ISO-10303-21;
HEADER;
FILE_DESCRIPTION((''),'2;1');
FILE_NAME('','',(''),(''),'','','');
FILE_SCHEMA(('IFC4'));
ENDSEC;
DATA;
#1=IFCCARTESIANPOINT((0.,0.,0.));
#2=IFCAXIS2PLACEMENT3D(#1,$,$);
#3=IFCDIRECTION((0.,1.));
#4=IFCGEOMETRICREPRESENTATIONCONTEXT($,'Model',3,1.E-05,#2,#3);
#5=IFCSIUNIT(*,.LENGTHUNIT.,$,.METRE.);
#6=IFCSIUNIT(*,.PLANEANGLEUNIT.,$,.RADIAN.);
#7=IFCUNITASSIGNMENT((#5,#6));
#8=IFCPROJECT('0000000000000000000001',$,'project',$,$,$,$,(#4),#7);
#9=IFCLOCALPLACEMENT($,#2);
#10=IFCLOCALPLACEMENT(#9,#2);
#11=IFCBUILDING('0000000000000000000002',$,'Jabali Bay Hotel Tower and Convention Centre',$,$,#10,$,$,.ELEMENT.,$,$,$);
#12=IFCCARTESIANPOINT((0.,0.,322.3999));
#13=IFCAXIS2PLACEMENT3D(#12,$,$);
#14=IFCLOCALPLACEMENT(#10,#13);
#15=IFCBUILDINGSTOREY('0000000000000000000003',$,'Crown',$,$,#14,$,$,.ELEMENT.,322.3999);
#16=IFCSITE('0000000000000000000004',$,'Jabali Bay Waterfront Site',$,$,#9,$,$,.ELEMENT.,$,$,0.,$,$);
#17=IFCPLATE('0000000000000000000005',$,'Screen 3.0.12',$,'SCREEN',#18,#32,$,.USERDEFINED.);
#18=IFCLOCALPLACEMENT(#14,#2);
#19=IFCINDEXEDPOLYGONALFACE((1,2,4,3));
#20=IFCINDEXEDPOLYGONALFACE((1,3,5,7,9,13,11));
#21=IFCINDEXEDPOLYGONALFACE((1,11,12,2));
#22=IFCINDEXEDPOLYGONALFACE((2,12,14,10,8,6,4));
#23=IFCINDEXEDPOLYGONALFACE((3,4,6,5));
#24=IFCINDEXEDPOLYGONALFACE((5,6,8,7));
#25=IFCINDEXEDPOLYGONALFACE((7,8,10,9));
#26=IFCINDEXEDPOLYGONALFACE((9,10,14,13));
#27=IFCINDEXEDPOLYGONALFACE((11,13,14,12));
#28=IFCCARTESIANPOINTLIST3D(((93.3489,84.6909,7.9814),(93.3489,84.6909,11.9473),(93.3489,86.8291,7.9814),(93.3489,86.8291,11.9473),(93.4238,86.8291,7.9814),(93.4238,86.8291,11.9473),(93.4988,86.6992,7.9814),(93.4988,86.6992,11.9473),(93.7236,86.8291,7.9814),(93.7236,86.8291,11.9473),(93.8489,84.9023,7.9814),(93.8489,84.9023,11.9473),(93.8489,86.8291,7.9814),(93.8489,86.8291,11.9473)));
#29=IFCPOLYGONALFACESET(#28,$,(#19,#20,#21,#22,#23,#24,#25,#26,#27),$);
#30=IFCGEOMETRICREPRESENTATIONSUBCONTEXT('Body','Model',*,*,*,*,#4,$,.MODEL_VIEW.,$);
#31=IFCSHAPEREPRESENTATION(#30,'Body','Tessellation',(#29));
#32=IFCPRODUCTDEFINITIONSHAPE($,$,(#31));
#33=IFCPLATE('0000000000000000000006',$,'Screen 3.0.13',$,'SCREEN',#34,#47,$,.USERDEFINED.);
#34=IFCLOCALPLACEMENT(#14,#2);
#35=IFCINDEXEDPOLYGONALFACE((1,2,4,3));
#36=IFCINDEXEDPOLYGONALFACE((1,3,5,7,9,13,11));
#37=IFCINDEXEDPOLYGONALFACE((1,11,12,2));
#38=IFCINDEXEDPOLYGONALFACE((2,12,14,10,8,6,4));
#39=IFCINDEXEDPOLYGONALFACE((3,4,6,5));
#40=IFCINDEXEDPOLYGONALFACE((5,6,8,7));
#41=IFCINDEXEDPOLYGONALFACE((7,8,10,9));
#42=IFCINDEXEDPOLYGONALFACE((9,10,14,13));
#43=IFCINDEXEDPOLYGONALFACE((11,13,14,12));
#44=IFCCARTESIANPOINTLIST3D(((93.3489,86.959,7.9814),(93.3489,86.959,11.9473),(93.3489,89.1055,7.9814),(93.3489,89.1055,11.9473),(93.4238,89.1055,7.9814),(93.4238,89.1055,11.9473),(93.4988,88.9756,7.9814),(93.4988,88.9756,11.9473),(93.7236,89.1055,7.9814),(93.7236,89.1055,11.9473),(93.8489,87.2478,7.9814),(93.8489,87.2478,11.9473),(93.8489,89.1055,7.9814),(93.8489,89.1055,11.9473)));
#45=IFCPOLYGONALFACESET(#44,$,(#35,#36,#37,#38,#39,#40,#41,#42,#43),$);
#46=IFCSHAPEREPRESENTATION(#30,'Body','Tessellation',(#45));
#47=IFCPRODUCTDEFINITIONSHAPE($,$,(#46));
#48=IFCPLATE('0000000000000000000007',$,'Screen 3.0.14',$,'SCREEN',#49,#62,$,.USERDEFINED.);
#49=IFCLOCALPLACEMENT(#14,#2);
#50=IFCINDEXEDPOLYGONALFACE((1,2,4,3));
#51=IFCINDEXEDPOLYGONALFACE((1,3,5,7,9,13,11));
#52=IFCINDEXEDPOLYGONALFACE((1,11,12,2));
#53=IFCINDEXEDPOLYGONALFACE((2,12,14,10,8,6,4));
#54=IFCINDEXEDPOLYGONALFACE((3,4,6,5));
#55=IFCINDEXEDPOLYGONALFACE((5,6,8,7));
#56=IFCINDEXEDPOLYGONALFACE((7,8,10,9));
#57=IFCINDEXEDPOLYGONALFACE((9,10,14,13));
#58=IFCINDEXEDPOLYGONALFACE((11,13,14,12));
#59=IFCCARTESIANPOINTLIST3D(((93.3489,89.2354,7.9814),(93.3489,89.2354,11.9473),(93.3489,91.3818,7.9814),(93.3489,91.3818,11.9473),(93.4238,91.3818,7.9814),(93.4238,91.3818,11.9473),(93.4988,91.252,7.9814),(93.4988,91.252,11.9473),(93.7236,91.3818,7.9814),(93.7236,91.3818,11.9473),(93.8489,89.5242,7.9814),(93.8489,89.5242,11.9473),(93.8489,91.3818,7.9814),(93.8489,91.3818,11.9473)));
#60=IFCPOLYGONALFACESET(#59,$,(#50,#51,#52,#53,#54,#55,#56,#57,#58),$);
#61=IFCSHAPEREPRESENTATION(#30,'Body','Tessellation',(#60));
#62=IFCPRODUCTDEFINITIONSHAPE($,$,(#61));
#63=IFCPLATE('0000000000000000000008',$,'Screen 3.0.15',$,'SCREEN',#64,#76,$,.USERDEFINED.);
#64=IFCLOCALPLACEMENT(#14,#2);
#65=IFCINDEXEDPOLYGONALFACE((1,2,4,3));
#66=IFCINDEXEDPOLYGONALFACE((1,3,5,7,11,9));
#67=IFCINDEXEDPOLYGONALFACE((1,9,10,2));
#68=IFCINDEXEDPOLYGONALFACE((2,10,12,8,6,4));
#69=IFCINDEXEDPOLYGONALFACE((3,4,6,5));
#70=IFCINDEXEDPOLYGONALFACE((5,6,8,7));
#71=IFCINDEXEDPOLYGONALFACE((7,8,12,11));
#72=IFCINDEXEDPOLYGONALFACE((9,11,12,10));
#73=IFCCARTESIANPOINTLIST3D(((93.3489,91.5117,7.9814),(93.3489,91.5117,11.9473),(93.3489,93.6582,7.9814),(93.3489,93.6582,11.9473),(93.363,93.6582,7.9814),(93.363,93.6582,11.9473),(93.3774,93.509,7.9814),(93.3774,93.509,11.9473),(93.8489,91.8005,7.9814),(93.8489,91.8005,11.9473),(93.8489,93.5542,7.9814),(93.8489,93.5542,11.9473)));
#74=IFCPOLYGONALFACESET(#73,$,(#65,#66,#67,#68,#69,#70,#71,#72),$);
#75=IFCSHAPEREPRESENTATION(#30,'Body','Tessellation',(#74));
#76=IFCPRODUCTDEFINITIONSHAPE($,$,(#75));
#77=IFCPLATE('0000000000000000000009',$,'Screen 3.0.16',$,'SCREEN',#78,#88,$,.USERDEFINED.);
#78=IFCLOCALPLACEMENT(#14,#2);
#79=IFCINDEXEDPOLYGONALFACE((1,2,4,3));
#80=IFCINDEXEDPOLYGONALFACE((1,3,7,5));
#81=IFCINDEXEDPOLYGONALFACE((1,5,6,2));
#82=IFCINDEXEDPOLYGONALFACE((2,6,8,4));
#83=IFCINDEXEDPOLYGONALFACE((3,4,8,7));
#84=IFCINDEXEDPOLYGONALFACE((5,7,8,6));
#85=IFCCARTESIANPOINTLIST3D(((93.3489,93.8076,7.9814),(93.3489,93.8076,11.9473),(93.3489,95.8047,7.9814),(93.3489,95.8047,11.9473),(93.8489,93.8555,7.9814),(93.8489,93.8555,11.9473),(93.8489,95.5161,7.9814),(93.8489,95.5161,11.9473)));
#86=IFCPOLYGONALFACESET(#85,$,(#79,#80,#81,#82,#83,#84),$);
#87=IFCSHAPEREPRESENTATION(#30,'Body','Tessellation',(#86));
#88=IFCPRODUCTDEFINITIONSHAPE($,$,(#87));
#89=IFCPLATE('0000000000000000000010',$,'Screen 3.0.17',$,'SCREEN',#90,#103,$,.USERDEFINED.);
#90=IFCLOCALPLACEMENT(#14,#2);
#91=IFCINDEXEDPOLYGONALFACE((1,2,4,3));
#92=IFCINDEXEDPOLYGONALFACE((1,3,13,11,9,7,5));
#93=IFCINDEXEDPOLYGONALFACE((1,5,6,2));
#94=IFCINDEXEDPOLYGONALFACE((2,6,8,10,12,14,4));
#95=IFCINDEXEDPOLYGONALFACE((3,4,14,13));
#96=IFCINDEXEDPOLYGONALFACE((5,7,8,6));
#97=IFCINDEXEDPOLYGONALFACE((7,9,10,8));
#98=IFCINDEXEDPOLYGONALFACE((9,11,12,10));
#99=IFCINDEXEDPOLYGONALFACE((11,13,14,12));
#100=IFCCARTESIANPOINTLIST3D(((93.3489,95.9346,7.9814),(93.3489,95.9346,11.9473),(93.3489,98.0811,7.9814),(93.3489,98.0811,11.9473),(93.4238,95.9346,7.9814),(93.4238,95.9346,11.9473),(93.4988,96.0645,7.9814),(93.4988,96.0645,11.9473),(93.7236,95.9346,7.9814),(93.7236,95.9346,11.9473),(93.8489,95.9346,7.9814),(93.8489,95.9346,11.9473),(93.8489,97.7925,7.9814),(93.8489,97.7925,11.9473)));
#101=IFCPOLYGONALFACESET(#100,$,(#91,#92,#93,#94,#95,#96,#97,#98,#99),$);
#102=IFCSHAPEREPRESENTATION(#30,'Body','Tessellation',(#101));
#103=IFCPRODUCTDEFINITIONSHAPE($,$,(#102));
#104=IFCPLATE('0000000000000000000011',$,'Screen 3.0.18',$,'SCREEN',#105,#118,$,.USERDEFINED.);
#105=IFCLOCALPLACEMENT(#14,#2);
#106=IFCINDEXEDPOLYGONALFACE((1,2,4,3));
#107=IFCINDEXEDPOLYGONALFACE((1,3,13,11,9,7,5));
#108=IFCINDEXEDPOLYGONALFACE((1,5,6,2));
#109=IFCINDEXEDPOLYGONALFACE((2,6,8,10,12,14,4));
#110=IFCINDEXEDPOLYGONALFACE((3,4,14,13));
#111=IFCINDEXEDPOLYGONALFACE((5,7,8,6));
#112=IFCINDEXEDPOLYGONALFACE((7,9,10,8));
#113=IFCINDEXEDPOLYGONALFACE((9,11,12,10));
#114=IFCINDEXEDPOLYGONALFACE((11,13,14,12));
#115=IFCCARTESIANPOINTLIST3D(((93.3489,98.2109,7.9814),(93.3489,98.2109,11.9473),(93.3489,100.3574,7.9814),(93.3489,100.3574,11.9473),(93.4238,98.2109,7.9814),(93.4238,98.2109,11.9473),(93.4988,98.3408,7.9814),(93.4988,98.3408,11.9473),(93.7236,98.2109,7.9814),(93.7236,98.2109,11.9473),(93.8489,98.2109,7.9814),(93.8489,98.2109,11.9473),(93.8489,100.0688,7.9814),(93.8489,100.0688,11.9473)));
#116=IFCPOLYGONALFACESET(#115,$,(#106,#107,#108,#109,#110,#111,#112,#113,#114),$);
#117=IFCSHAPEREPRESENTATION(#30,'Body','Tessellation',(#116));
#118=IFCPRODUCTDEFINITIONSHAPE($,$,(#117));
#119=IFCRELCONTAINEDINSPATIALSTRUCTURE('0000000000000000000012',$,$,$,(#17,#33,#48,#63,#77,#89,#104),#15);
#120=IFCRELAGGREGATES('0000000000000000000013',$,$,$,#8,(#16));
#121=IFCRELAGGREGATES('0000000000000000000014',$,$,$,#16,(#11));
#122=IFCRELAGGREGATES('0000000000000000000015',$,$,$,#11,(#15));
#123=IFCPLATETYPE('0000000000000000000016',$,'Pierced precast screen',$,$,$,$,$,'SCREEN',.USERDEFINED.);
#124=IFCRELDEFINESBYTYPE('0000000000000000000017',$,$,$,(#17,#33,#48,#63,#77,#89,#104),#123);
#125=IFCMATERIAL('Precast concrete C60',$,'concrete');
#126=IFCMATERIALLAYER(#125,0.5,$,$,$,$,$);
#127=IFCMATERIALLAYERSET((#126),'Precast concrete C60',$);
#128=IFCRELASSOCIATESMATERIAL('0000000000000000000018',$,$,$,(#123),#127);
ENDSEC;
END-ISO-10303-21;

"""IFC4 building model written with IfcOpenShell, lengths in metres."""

from ifc_helpers import new_model, si_unit, direction, frame, origin, place, context, subcontext, project, spatial, polyline, outline, extrude, material, layer, layer_set, type_object, element, save


model = new_model("IFC4")

# Units and contexts
model_context = context("Model", 3, precision=1e-05, world=origin(), true_north=direction((0.0, 1.0)))
body_context = subcontext(model_context, "Body", "Model", "MODEL_VIEW")
ifc_project = project(units=[si_unit("LENGTHUNIT", "METRE"), si_unit("PLANEANGLEUNIT", "RADIAN")], contexts=[model_context])

# Site, building, storey
site_placement = place(None, origin())
site = spatial("IfcSite", under=ifc_project, at=site_placement, Name="Jabali Bay Waterfront Site", CompositionType="ELEMENT", RefElevation=0.0)
building_placement = place(site_placement, origin())
building = spatial("IfcBuilding", under=site, at=building_placement, Name="Jabali Bay Hotel Tower and Convention Centre", CompositionType="ELEMENT")
storey_placement = place(building_placement, frame((0.0, 0.0, 322.3999)))
storey = spatial("IfcBuildingStorey", under=building, at=storey_placement, Name="Crown", CompositionType="ELEMENT", Elevation=322.3999)

# Plates
ifc_material = material(Name="Precast concrete C60", Category="concrete")
ifc_layer = layer(ifc_material, 0.5)
ifc_layer_set = layer_set([ifc_layer], Name="Precast concrete C60")
plate_type = type_object("IfcPlateType", Name="Pierced precast screen", ElementType="SCREEN", PredefinedType="USERDEFINED", material=ifc_layer_set)
plate_1_placement = place(storey_placement, frame((0.0, 0.0, 7.9814)))
element("IfcPlate", 1, at=plate_1_placement, inside=storey, type_object=plate_type, Name="Screen 3.0.12", ObjectType="SCREEN", PredefinedType="USERDEFINED", context=body_context, shape_type="SweptSolid", body=[
    extrude(outline(polyline([(93.3489, 86.8291), (93.3489, 84.6909), (93.8489, 84.9023), (93.8489, 86.8291), (93.7236, 86.8291), (93.4988, 86.6992), (93.4238, 86.8291), (93.3489, 86.8291)])), origin(), (0.0, 0.0, 1.0), 3.9658),
])
plate_2_placement = place(storey_placement, frame((0.0, 0.0, 7.9814)))
element("IfcPlate", 2, at=plate_2_placement, inside=storey, type_object=plate_type, Name="Screen 3.0.13", ObjectType="SCREEN", PredefinedType="USERDEFINED", context=body_context, shape_type="SweptSolid", body=[
    extrude(outline(polyline([(93.3489, 89.1055), (93.3489, 86.959), (93.8489, 87.2478), (93.8489, 89.1055), (93.7236, 89.1055), (93.4988, 88.9756), (93.4238, 89.1055), (93.3489, 89.1055)])), origin(), (0.0, 0.0, 1.0), 3.9658),
])
plate_3_placement = place(storey_placement, frame((0.0, 0.0, 7.9814)))
element("IfcPlate", 3, at=plate_3_placement, inside=storey, type_object=plate_type, Name="Screen 3.0.14", ObjectType="SCREEN", PredefinedType="USERDEFINED", context=body_context, shape_type="SweptSolid", body=[
    extrude(outline(polyline([(93.3489, 91.3818), (93.3489, 89.2354), (93.8489, 89.5242), (93.8489, 91.3818), (93.7236, 91.3818), (93.4988, 91.252), (93.4238, 91.3818), (93.3489, 91.3818)])), origin(), (0.0, 0.0, 1.0), 3.9658),
])
plate_4_placement = place(storey_placement, frame((0.0, 0.0, 7.9814)))
element("IfcPlate", 4, at=plate_4_placement, inside=storey, type_object=plate_type, Name="Screen 3.0.15", ObjectType="SCREEN", PredefinedType="USERDEFINED", context=body_context, shape_type="SweptSolid", body=[
    extrude(outline(polyline([(93.3489, 93.6582), (93.3489, 91.5117), (93.8489, 91.8005), (93.8489, 93.5542), (93.3774, 93.509), (93.363, 93.6582), (93.3489, 93.6582)])), origin(), (0.0, 0.0, 1.0), 3.9658),
])
plate_5_placement = place(storey_placement, frame((0.0, 0.0, 7.9814)))
element("IfcPlate", 5, at=plate_5_placement, inside=storey, type_object=plate_type, Name="Screen 3.0.16", ObjectType="SCREEN", PredefinedType="USERDEFINED", context=body_context, shape_type="SweptSolid", body=[
    extrude(outline(polyline([(93.3489, 95.8047), (93.3489, 93.8076), (93.8489, 93.8555), (93.8489, 95.5161), (93.3489, 95.8047)])), origin(), (0.0, 0.0, 1.0), 3.9658),
])
plate_6_placement = place(storey_placement, frame((0.0, 0.0, 7.9814)))
element("IfcPlate", 6, at=plate_6_placement, inside=storey, type_object=plate_type, Name="Screen 3.0.17", ObjectType="SCREEN", PredefinedType="USERDEFINED", context=body_context, shape_type="SweptSolid", body=[
    extrude(outline(polyline([(93.3489, 98.0811), (93.3489, 95.9346), (93.4238, 95.9346), (93.4988, 96.0645), (93.7236, 95.9346), (93.8489, 95.9346), (93.8489, 97.7925), (93.3489, 98.0811)])), origin(), (0.0, 0.0, 1.0), 3.9658),
])
plate_7_placement = place(storey_placement, frame((0.0, 0.0, 7.9814)))
element("IfcPlate", 7, at=plate_7_placement, inside=storey, type_object=plate_type, Name="Screen 3.0.18", ObjectType="SCREEN", PredefinedType="USERDEFINED", context=body_context, shape_type="SweptSolid", body=[
    extrude(outline(polyline([(93.3489, 100.3574), (93.3489, 98.2109), (93.4238, 98.2109), (93.4988, 98.3408), (93.7236, 98.2109), (93.8489, 98.2109), (93.8489, 100.0688), (93.3489, 100.3574)])), origin(), (0.0, 0.0, 1.0), 3.9658),
])

save(model, "model.ifc")
